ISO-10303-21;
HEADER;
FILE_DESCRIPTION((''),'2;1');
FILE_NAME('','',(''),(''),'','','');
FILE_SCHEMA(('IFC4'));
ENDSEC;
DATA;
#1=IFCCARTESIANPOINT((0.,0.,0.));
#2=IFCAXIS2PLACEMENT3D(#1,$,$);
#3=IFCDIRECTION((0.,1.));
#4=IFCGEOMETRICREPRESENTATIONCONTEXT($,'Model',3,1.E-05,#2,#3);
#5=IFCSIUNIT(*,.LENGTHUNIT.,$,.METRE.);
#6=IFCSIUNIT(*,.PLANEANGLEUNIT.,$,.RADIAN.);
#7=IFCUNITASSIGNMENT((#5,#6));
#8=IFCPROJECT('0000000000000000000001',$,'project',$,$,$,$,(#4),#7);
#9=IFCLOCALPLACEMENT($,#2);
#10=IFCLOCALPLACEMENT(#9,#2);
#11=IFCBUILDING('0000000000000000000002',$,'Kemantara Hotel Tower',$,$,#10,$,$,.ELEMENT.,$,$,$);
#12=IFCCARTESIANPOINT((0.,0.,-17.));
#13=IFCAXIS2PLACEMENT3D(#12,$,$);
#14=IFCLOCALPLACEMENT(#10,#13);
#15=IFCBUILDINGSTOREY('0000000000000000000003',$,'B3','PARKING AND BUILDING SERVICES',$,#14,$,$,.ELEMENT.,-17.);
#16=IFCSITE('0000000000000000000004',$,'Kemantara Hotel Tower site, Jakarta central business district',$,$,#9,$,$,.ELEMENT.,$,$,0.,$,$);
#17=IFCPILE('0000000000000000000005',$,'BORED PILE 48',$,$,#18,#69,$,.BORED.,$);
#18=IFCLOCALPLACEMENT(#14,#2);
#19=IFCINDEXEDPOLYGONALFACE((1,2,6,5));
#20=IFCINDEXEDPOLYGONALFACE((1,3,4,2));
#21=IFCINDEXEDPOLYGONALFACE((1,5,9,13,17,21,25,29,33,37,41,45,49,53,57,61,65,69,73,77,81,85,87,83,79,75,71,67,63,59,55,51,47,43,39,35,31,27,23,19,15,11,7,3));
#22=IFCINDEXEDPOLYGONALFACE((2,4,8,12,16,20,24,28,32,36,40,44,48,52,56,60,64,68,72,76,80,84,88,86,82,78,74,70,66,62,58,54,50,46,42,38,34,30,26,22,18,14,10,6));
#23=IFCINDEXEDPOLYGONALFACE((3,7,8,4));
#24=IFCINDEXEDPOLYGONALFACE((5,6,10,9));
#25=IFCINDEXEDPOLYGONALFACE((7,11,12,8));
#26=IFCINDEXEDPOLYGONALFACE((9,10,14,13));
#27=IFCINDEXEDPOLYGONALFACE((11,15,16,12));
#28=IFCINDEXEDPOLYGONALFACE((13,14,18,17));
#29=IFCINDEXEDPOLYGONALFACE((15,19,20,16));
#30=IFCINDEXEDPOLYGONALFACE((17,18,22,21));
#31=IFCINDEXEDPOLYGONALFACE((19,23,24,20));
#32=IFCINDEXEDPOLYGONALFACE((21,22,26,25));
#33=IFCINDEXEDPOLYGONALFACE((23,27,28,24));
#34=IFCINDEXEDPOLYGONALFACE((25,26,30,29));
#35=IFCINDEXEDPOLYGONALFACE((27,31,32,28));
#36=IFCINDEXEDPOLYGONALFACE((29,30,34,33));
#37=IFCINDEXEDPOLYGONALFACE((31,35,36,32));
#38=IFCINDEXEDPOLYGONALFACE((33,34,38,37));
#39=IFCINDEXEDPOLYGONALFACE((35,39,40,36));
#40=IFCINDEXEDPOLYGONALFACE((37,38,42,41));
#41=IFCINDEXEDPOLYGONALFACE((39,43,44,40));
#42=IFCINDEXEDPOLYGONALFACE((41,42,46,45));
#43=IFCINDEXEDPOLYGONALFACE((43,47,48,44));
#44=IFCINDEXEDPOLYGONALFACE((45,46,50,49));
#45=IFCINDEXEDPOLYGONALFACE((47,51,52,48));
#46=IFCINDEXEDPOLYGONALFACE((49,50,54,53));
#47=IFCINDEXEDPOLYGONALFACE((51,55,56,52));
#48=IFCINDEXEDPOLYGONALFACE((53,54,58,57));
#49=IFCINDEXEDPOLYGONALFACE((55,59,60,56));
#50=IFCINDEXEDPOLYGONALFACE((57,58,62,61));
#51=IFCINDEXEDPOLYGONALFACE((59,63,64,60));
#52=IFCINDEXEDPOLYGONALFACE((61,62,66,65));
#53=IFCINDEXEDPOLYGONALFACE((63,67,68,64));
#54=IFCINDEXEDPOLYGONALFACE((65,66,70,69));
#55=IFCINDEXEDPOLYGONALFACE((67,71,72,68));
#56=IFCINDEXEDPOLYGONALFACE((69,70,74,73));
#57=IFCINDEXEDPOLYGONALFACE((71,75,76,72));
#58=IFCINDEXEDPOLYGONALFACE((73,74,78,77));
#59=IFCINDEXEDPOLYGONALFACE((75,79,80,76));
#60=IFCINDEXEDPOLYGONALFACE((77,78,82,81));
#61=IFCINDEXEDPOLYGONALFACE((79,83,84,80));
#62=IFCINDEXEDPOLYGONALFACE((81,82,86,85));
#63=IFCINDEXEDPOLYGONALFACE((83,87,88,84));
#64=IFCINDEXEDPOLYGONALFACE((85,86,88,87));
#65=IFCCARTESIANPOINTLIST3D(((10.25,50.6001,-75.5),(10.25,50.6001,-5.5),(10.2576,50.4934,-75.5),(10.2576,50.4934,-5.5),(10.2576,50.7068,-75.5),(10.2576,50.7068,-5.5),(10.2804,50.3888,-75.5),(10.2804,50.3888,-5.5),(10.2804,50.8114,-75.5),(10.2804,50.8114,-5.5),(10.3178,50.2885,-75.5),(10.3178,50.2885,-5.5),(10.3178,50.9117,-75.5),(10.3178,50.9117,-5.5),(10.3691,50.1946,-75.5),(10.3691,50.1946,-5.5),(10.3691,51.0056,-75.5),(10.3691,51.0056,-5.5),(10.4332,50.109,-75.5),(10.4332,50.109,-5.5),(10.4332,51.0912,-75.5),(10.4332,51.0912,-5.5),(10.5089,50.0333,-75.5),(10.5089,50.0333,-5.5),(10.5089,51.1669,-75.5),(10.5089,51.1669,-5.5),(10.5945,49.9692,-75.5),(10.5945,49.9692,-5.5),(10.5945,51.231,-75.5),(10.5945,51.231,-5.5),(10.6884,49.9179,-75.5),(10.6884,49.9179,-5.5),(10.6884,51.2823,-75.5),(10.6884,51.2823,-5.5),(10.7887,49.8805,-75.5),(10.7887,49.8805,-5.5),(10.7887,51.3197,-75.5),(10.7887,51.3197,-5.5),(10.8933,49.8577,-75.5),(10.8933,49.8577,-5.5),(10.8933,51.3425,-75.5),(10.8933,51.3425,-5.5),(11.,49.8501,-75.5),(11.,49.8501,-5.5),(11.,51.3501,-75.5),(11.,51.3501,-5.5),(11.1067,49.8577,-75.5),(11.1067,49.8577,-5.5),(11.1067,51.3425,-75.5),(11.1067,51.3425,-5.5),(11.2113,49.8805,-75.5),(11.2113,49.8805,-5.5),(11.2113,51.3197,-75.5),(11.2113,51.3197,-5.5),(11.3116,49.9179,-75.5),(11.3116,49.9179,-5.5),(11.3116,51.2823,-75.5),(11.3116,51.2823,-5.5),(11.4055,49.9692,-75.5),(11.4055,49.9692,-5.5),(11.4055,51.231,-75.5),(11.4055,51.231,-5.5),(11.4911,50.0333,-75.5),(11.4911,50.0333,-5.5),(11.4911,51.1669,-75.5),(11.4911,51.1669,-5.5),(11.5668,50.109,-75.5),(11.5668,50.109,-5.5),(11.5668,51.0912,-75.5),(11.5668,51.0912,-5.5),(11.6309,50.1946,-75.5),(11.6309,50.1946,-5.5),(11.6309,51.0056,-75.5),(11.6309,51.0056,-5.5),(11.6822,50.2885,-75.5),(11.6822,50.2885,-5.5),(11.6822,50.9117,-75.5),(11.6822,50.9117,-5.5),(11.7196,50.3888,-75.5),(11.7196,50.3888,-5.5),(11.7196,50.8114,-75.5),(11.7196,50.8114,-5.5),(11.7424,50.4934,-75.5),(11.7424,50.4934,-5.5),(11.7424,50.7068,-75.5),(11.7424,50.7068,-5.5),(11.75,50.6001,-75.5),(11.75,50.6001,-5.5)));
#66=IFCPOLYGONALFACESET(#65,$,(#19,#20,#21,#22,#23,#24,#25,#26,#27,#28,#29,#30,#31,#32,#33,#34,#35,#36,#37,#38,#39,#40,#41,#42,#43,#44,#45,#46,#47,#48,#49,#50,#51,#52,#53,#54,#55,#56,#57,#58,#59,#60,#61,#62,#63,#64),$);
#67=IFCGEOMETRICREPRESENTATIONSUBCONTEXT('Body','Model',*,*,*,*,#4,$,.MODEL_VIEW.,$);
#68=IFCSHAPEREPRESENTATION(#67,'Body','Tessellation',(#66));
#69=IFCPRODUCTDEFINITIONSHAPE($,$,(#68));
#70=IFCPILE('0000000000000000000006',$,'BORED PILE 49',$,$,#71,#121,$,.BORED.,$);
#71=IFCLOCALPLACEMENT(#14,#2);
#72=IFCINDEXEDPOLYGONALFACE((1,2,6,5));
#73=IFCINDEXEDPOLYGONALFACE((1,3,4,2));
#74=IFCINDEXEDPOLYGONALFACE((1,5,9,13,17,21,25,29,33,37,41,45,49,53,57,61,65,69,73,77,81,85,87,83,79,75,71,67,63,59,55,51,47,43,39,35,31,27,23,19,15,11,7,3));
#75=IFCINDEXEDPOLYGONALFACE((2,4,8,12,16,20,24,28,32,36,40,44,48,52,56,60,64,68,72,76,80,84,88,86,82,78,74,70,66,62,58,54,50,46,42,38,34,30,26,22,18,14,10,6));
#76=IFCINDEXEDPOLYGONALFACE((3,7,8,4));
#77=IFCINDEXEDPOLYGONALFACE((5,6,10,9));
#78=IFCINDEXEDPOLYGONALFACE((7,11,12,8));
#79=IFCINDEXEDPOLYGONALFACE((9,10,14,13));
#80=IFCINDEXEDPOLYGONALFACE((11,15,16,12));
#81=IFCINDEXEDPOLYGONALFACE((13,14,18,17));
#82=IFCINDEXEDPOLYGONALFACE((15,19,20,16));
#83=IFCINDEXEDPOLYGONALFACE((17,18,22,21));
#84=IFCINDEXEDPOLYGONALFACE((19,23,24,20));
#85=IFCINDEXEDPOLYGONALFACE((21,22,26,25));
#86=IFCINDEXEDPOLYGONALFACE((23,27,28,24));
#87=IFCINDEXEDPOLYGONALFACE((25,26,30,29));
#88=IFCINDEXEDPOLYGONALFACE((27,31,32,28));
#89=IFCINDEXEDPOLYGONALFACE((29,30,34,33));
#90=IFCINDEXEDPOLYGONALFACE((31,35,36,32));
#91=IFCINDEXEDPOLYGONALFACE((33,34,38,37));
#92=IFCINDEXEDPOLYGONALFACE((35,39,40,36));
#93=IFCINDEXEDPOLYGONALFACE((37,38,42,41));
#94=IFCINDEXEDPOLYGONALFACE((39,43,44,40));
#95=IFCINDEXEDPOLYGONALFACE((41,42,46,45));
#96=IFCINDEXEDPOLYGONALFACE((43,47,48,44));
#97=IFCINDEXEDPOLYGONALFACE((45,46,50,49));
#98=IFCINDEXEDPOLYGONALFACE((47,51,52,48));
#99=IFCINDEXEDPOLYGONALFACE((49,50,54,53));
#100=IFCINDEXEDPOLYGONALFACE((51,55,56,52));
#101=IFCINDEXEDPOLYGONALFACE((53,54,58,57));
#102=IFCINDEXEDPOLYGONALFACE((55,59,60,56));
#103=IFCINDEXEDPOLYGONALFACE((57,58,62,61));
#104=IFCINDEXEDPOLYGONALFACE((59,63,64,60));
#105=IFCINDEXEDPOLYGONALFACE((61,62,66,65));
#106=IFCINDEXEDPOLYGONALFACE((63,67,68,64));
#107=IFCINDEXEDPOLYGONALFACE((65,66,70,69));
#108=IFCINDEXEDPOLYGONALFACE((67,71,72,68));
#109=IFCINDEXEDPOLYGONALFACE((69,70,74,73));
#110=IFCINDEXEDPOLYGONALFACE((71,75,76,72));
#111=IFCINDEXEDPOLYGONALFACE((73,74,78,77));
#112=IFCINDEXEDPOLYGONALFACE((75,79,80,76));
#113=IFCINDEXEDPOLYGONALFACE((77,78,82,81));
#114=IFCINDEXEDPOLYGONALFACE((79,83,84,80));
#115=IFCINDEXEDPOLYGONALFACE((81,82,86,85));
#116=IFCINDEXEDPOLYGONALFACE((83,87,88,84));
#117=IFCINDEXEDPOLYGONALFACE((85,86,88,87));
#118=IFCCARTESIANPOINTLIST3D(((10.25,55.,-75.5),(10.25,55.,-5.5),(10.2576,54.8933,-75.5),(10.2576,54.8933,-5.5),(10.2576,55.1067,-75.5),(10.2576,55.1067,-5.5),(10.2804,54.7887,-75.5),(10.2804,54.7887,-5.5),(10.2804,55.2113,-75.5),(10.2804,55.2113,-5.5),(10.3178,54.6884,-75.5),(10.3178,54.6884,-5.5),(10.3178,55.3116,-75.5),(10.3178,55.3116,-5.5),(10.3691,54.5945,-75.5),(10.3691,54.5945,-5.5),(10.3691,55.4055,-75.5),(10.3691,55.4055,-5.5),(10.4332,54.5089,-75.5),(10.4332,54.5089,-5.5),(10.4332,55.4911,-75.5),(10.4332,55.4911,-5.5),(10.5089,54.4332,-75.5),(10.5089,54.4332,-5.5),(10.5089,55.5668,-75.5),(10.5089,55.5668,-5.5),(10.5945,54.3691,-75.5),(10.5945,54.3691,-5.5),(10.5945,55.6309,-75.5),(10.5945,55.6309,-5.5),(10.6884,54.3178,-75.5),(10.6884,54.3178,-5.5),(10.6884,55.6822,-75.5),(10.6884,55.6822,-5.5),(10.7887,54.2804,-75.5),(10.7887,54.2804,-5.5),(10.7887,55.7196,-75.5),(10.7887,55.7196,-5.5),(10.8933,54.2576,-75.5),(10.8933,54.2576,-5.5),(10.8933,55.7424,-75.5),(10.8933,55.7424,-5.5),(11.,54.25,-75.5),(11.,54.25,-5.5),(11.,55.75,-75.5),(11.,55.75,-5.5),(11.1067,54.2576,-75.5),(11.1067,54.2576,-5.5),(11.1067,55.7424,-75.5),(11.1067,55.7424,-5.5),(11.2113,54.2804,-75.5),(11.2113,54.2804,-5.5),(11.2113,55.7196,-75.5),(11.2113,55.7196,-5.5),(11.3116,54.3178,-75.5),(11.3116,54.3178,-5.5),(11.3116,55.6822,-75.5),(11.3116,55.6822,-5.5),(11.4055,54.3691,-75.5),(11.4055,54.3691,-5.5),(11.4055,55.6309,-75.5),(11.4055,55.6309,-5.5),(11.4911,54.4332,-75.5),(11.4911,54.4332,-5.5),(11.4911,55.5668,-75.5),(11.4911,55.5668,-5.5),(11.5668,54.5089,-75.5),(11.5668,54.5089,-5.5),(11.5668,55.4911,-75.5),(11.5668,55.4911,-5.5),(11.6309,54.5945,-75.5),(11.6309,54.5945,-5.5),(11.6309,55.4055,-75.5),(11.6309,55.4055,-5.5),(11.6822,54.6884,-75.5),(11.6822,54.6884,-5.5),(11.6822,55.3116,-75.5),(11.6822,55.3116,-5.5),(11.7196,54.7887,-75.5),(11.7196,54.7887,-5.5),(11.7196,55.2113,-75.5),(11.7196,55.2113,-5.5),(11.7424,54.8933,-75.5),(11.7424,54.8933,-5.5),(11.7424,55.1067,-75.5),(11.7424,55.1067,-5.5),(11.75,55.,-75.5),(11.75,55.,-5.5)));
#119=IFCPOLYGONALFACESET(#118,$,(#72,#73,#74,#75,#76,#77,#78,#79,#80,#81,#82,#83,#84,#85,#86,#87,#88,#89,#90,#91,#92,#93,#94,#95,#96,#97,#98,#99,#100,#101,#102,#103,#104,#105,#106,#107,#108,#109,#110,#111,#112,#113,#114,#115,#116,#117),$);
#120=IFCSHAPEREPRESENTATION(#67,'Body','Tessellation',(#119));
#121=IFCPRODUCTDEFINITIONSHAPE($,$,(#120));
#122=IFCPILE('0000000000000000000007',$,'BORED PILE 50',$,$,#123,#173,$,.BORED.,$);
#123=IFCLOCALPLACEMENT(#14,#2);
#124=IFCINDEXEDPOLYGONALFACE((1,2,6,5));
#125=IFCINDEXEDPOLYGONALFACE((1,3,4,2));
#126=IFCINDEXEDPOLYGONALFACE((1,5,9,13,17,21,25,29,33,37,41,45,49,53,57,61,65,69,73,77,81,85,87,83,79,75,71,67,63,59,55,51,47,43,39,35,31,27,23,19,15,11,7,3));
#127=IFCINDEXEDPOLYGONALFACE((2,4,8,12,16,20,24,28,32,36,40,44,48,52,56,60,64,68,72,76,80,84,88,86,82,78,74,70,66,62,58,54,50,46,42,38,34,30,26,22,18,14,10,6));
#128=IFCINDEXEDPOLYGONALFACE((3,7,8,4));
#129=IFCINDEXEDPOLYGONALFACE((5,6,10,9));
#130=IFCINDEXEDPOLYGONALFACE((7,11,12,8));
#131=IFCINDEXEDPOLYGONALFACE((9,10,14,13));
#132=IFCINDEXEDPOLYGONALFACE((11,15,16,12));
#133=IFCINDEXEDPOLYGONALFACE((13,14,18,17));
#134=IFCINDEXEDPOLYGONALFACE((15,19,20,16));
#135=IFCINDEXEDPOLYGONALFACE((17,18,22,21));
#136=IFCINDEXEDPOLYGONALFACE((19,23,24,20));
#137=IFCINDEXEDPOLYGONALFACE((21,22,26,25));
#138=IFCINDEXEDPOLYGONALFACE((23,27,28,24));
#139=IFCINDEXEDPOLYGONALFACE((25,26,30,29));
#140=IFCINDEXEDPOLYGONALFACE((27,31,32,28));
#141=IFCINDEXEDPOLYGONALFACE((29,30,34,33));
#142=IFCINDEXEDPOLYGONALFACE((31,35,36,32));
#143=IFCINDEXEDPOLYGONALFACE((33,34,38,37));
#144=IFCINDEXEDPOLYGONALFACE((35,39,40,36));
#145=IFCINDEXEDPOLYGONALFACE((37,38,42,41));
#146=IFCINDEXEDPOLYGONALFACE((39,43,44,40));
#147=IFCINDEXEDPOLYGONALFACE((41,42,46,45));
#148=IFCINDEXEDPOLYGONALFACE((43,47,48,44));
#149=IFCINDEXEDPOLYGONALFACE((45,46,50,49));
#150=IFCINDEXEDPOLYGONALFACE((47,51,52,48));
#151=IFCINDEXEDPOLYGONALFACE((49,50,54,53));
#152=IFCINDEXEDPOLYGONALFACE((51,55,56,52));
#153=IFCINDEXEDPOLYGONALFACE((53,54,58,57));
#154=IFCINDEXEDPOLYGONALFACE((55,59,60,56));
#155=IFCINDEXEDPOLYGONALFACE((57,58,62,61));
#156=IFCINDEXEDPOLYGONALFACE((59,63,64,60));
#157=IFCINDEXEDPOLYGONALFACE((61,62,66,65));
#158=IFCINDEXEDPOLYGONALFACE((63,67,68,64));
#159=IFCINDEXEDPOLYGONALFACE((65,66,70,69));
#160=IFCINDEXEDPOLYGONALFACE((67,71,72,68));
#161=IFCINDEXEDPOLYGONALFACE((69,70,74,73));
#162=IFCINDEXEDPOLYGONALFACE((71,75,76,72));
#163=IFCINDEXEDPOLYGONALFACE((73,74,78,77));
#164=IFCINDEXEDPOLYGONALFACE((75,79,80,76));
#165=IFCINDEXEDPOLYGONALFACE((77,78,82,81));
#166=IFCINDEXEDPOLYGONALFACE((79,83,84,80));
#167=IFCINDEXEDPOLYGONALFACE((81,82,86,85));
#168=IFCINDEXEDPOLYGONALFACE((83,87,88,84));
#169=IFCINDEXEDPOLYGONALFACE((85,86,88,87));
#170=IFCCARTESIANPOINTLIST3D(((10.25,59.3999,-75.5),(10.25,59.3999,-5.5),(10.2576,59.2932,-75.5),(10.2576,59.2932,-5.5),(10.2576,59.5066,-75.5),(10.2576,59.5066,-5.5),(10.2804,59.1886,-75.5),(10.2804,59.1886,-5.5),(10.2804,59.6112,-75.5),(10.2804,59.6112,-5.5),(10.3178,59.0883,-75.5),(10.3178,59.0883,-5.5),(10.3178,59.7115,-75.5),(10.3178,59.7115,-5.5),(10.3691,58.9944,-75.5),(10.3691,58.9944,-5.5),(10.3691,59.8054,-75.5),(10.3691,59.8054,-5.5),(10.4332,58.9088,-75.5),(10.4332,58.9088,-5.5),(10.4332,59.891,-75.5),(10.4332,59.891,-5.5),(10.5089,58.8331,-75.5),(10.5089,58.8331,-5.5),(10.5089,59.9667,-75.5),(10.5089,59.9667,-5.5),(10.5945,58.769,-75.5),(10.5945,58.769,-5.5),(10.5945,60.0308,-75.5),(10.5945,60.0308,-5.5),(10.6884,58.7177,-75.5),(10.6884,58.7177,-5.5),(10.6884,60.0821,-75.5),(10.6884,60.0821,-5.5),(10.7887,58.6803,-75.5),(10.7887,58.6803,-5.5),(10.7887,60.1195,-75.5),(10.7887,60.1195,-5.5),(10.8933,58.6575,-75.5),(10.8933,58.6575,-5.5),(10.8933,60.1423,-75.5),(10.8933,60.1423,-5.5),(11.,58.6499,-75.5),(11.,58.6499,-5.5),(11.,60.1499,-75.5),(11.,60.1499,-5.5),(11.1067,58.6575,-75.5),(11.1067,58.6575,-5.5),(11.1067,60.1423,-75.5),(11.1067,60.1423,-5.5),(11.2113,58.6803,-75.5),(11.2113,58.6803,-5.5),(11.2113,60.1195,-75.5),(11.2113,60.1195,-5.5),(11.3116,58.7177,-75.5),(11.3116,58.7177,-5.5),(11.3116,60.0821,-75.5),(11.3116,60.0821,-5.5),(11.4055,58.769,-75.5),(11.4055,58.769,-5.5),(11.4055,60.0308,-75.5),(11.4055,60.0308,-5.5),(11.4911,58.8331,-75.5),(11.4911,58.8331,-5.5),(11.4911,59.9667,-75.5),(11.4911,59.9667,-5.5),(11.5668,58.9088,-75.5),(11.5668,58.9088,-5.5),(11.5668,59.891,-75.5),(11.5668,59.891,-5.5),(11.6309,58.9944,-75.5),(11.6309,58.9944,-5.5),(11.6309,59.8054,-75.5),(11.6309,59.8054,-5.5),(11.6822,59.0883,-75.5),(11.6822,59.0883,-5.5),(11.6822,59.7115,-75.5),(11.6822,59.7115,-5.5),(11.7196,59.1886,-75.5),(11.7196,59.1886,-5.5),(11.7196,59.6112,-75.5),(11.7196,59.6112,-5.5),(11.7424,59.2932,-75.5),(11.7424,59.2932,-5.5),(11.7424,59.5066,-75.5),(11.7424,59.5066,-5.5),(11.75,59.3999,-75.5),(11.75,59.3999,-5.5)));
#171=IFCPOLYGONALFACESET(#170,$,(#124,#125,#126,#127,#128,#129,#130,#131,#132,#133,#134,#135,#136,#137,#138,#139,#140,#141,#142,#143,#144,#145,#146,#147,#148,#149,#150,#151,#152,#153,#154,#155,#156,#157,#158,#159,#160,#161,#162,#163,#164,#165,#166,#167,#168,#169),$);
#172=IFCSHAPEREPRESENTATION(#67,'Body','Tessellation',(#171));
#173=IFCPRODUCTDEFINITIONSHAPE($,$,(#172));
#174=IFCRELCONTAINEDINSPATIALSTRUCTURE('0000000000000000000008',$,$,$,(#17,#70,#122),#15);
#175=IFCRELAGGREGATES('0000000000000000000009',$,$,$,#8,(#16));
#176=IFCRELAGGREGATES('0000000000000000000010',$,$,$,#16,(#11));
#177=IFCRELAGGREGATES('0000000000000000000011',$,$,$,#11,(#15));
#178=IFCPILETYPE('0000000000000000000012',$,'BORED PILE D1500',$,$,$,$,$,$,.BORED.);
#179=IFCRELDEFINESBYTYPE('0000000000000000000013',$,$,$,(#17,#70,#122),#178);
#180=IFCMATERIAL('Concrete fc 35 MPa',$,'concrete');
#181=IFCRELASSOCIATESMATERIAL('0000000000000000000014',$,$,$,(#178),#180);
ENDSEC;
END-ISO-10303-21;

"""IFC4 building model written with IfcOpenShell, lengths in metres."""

from ifc_helpers import new_model, si_unit, direction, frame, origin, origin_2d, place, context, subcontext, project, spatial, circle, extrude, material, material_profile, profile_set, type_object, element, save


model = new_model("IFC4")

# Units and contexts
model_context = context("Model", 3, precision=1e-05, world=origin(), true_north=direction((0.0, 1.0)))
body_context = subcontext(model_context, "Body", "Model", "MODEL_VIEW")
ifc_project = project(units=[si_unit("LENGTHUNIT", "METRE"), si_unit("PLANEANGLEUNIT", "RADIAN")], contexts=[model_context])

# Site, building, storey
site_placement = place(None, origin())
site = spatial("IfcSite", under=ifc_project, at=site_placement, Name="Kemantara Hotel Tower site, Jakarta central business district", CompositionType="ELEMENT", RefElevation=0.0)
building_placement = place(site_placement, origin())
building = spatial("IfcBuilding", under=site, at=building_placement, Name="Kemantara Hotel Tower", CompositionType="ELEMENT")
storey_placement = place(building_placement, frame((0.0, 0.0, -17.0)))
storey = spatial("IfcBuildingStorey", under=building, at=storey_placement, Name="B3", Description="PARKING AND BUILDING SERVICES", CompositionType="ELEMENT", Elevation=-17.0)

# Piles
ifc_material_1 = material(Name="Concrete fc 35 MPa", Category="concrete")
ifc_material_profile_1 = material_profile(ifc_material_1, circle(Radius=0.75, at=origin_2d()), Name="BORED PILE D1500")
ifc_profile_set_1 = profile_set([ifc_material_profile_1], Name="Concrete fc 35 MPa")
pile_type = type_object("IfcPileType", Name="BORED PILE D1500", PredefinedType="BORED", material=ifc_profile_set_1)
for number, where, z_axis, x_axis, name in (
    (1, (11.0, 50.6001, -5.5), (0.0, 0.0, -1.0), (1.0, 0.0, 0.0), "BORED PILE 48"),
    (2, (11.0, 55.0, -5.5), (0.0, 0.0, -1.0), (1.0, 0.0, 0.0), "BORED PILE 49"),
    (3, (11.0, 59.3999, -5.5), (0.0, 0.0, -1.0), (1.0, 0.0, 0.0), "BORED PILE 50"),
):
    element("IfcPile", number, at=place(storey_placement, frame(where, z_axis=z_axis, x_axis=x_axis)), inside=storey, type_object=pile_type, Name=name, PredefinedType="BORED", context=body_context, shape_type="SweptSolid", body=[
        extrude(circle(Radius=0.75, at=origin_2d()), origin(), (0.0, 0.0, 1.0), 70.0),
    ])

save(model, "model.ifc")
